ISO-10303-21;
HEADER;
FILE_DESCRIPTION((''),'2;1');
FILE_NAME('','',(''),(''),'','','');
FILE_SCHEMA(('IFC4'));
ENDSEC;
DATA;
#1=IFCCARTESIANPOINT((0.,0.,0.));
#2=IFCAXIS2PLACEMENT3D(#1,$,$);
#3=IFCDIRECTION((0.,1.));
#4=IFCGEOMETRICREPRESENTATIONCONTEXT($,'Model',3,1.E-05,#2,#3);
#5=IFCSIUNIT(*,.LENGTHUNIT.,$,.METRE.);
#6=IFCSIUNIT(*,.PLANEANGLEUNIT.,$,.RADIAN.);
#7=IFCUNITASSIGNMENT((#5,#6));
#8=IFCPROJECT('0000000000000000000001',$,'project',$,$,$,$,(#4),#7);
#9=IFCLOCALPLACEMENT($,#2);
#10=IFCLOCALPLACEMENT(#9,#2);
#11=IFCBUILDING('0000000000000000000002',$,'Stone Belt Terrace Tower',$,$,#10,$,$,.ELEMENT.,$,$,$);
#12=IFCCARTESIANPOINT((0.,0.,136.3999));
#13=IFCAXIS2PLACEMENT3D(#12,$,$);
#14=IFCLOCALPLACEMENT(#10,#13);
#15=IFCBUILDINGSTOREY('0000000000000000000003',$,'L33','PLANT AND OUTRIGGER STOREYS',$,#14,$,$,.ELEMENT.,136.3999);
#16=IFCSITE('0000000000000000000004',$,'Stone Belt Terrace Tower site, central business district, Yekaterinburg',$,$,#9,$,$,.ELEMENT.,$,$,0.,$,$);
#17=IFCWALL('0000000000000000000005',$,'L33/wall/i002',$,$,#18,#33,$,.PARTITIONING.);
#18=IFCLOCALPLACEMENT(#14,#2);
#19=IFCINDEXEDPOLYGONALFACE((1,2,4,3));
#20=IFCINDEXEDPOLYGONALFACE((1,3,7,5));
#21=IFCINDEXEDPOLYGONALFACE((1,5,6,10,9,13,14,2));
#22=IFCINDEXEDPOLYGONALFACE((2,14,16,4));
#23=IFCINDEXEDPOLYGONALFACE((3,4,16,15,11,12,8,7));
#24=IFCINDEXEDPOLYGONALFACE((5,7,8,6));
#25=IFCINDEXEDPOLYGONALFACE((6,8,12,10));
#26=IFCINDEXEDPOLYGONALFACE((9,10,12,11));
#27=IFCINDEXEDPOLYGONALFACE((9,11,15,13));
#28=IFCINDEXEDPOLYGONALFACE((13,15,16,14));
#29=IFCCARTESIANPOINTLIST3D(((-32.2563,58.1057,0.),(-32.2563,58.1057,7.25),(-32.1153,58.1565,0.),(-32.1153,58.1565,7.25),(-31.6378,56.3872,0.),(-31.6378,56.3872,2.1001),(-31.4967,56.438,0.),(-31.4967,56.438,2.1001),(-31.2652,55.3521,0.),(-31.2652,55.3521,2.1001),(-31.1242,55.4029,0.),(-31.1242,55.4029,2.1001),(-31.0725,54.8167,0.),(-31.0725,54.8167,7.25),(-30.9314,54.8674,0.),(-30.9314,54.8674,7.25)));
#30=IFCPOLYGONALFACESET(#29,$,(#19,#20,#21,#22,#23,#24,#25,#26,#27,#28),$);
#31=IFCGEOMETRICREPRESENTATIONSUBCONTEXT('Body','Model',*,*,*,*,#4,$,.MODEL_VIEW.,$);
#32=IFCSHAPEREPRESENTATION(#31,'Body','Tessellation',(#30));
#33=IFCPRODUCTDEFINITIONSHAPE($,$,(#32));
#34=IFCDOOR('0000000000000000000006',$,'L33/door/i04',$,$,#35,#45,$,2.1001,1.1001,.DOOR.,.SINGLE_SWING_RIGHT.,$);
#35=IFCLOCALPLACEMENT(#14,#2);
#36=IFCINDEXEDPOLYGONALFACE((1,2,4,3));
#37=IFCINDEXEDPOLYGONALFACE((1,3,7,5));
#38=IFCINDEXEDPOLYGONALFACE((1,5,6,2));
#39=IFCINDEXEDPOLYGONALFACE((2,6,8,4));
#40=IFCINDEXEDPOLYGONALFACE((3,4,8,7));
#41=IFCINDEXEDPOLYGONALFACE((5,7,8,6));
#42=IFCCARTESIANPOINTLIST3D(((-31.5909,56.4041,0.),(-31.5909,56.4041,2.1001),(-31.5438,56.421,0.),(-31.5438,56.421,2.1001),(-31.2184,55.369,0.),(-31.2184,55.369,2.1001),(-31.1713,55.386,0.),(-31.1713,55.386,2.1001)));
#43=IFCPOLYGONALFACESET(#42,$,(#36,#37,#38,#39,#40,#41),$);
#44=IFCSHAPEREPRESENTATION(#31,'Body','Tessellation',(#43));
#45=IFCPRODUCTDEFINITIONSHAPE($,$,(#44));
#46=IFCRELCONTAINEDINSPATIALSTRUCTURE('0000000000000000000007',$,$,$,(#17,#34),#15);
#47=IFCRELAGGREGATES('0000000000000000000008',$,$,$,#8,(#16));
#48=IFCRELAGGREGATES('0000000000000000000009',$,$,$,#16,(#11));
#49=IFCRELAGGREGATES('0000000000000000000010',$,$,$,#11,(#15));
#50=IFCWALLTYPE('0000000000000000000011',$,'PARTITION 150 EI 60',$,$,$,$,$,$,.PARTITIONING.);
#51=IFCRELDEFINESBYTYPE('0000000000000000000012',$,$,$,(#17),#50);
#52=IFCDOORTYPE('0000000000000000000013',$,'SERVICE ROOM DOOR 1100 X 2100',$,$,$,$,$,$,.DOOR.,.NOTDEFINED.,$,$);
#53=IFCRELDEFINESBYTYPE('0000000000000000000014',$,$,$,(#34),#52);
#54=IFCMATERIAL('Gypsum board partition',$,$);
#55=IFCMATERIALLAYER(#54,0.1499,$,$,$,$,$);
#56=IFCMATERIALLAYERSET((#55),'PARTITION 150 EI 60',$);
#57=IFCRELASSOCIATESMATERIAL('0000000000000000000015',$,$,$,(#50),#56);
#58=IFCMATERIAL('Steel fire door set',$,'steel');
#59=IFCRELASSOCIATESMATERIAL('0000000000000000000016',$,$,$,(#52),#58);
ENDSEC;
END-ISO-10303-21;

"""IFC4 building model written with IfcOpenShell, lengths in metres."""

from ifc_helpers import new_model, si_unit, direction, frame, frame_2d, origin, place, context, subcontext, project, spatial, rectangle, extrude, material, layer, layer_set, type_object, element, fill, save


model = new_model("IFC4")

# Units and contexts
model_context = context("Model", 3, precision=1e-05, world=origin(), true_north=direction((0.0, 1.0)))
body_context = subcontext(model_context, "Body", "Model", "MODEL_VIEW")
ifc_project = project(units=[si_unit("LENGTHUNIT", "METRE"), si_unit("PLANEANGLEUNIT", "RADIAN")], contexts=[model_context])

# Site, building, storey
site_placement = place(None, origin())
site = spatial("IfcSite", under=ifc_project, at=site_placement, Name="Stone Belt Terrace Tower site, central business district, Yekaterinburg", CompositionType="ELEMENT", RefElevation=0.0)
building_placement = place(site_placement, origin())
building = spatial("IfcBuilding", under=site, at=building_placement, Name="Stone Belt Terrace Tower", CompositionType="ELEMENT")
storey_placement = place(building_placement, frame((0.0, 0.0, 136.3999)))
storey = spatial("IfcBuildingStorey", under=building, at=storey_placement, Name="L33", Description="PLANT AND OUTRIGGER STOREYS", CompositionType="ELEMENT", Elevation=136.3999)

# Wall, opening, door
ifc_material_1 = material(Name="Gypsum board partition")
ifc_layer_1 = layer(ifc_material_1, 0.1499)
ifc_layer_set_1 = layer_set([ifc_layer_1], Name="PARTITION 150 EI 60")
wall_type_1 = type_object("IfcWallType", Name="PARTITION 150 EI 60", PredefinedType="PARTITIONING", material=ifc_layer_set_1)
wall_1_placement = place(storey_placement, frame((-32.1858, 58.1311, 0.0), z_axis=(0.0, 0.0, 1.0), x_axis=(0.338663, -0.940908, 0.0)))
wall_1 = element("IfcWall", 1, at=wall_1_placement, inside=storey, type_object=wall_type_1, Name="L33/wall/i002", PredefinedType="PARTITIONING", context=body_context, shape_type="SweptSolid", body=[
    extrude(rectangle(XDim=3.4956, YDim=0.1499, at=frame_2d((1.7478, 0.0))), origin(), (0.0, 0.0, 1.0), 7.25),
])
opening_1_placement = place(wall_1_placement, frame((1.8264, 0.0, 0.0)))
opening_1 = element("IfcOpeningElement", 2, at=opening_1_placement, cuts=wall_1, PredefinedType="OPENING", context=body_context, shape_type="SweptSolid", body=[
    extrude(rectangle(XDim=1.1001, YDim=2.1001, at=frame_2d((0.55, 1.05))), frame((0.0, 0.085, 0.0), z_axis=(0.0, -1.0, 0.0), x_axis=(1.0, 0.0, 0.0)), (0.0, 0.0, 1.0), 0.1699),
])
ifc_material_2 = material(Name="Steel fire door set", Category="steel")
door_type_1 = type_object("IfcDoorType", Name="SERVICE ROOM DOOR 1100 X 2100", OperationType="NOTDEFINED", PredefinedType="DOOR", material=ifc_material_2)
door_1_placement = place(opening_1_placement, origin())
door_1 = element("IfcDoor", 3, at=door_1_placement, inside=storey, type_object=door_type_1, Name="L33/door/i04", OperationType="SINGLE_SWING_RIGHT", OverallHeight=2.1001, OverallWidth=1.1001, PredefinedType="DOOR", context=body_context, shape_type="SweptSolid", body=[
    extrude(rectangle(XDim=1.1001, YDim=2.1001, at=frame_2d((0.55, 1.05))), frame((0.0, 0.0249, 0.0), z_axis=(0.0, -1.0, 0.0), x_axis=(1.0, 0.0, 0.0)), (0.0, 0.0, 1.0), 0.05),
])
fill(opening_1, door_1)

save(model, "model.ifc")
